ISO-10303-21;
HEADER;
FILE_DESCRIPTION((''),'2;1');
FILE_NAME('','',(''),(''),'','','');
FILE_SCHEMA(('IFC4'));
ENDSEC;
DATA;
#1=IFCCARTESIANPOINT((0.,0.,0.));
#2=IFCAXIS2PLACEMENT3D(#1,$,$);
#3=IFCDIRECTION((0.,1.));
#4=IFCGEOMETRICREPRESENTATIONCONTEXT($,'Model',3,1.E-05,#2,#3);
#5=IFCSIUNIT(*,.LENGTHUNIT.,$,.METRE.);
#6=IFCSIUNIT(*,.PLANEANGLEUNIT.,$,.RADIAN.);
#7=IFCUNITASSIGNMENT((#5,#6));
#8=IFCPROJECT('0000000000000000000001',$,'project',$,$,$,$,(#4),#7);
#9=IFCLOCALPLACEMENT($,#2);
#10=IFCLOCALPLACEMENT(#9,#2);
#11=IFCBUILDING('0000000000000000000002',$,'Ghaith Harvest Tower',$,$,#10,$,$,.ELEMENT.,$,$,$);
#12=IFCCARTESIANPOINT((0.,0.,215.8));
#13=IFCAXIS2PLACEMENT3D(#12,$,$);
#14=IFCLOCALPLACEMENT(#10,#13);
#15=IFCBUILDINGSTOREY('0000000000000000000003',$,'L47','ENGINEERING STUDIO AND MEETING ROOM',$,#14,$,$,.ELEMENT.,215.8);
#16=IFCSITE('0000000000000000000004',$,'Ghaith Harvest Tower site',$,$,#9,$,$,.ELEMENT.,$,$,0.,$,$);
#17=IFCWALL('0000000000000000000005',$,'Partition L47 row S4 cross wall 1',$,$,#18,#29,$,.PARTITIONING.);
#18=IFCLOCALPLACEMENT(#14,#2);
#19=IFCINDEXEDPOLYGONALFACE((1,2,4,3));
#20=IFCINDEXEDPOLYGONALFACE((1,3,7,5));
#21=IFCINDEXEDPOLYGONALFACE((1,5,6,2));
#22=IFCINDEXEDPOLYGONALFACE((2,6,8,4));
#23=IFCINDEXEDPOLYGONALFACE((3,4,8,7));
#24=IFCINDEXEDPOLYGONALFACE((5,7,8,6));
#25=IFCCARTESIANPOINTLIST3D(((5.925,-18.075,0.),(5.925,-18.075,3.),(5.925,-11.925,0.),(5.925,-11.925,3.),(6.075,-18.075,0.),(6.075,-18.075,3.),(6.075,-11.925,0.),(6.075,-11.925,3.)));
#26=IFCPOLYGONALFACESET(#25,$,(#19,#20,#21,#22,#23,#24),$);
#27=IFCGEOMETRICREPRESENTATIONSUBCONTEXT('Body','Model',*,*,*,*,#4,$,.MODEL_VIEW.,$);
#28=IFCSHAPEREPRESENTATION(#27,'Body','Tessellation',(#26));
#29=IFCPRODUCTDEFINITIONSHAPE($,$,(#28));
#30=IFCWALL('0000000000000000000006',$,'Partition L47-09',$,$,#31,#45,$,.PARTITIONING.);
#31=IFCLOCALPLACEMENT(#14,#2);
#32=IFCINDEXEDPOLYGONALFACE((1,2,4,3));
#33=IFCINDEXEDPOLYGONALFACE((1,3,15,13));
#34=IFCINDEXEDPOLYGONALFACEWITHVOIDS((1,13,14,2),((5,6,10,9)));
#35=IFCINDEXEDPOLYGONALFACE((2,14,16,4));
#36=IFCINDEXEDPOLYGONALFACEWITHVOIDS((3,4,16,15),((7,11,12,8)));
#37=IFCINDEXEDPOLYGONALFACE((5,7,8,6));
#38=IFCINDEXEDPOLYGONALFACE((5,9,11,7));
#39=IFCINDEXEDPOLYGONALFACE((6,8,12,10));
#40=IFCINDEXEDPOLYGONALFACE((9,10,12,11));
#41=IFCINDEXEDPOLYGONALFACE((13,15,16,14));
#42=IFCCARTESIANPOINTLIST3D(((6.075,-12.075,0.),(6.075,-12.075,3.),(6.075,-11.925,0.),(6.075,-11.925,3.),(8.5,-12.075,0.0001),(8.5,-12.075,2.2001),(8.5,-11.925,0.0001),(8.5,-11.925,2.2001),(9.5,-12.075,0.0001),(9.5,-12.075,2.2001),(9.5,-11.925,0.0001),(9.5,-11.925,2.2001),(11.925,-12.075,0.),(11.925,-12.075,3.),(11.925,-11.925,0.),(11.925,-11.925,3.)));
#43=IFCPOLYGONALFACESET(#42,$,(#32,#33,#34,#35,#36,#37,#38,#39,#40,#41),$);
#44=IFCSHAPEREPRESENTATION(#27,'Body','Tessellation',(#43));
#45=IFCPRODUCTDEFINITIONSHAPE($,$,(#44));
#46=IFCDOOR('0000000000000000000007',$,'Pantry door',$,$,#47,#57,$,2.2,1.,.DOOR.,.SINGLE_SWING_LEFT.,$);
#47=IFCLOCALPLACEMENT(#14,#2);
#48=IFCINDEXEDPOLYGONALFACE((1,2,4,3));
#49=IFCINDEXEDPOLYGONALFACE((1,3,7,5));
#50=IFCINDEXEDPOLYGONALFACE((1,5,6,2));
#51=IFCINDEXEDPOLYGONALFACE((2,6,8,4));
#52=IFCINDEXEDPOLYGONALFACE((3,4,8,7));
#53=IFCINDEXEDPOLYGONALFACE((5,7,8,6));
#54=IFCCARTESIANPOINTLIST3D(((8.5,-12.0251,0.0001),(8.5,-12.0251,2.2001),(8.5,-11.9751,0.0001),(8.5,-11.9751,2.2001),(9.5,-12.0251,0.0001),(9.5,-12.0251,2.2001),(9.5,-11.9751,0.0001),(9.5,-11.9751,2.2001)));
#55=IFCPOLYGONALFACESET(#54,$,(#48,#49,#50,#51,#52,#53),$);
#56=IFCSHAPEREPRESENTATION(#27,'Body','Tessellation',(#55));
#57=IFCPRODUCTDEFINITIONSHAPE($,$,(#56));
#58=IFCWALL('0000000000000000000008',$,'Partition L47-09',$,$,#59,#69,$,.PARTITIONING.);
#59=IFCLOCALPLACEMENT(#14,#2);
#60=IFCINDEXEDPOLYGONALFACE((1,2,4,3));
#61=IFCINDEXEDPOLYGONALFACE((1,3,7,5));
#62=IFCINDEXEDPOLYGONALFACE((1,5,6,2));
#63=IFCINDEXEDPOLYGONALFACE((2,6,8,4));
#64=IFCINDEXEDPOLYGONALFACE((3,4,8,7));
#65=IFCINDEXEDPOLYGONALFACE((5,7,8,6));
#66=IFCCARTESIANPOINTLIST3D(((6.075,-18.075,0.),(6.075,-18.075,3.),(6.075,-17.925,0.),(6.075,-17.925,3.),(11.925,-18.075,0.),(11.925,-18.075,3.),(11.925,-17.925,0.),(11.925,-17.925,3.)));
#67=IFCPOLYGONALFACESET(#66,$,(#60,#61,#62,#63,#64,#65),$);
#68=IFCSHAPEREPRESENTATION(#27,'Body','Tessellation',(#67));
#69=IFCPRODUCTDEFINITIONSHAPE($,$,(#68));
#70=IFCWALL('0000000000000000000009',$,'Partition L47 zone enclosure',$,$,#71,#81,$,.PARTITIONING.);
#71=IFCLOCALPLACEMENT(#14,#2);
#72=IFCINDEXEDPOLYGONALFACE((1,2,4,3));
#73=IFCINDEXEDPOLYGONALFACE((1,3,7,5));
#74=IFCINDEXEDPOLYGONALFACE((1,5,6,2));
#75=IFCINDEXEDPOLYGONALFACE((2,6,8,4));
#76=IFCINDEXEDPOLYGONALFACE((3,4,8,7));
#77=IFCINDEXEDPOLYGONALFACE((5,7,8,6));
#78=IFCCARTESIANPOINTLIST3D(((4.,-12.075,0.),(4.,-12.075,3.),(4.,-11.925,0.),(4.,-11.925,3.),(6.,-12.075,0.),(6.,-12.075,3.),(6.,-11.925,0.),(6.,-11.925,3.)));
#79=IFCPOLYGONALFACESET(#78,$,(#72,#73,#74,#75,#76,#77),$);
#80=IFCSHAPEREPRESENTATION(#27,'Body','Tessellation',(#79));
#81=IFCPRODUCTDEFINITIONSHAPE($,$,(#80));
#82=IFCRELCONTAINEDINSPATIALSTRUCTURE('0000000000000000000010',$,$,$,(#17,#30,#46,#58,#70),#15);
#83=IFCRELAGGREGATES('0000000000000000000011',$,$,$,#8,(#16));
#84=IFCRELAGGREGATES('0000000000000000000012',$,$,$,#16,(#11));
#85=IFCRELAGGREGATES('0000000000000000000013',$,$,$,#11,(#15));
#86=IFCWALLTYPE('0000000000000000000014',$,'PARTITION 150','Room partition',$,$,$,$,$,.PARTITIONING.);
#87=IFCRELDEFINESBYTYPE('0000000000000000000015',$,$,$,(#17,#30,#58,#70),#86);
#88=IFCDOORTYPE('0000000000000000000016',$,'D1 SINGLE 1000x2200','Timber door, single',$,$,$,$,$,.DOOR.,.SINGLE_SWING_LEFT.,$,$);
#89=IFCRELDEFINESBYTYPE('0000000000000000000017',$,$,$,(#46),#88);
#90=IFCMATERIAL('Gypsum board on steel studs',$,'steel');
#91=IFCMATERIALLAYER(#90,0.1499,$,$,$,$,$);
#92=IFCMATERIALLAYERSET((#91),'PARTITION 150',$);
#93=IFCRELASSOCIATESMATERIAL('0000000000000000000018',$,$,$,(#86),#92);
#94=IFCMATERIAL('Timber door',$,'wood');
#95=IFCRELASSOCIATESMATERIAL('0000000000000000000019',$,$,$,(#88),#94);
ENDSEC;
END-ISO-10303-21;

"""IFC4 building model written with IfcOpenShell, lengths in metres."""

from ifc_helpers import new_model, si_unit, direction, frame, frame_2d, origin, place, context, subcontext, project, spatial, rectangle, extrude, material, layer, layer_set, type_object, element, fill, save


model = new_model("IFC4")

# Units and contexts
model_context = context("Model", 3, precision=1e-05, world=origin(), true_north=direction((0.0, 1.0)))
body_context = subcontext(model_context, "Body", "Model", "MODEL_VIEW")
ifc_project = project(units=[si_unit("LENGTHUNIT", "METRE"), si_unit("PLANEANGLEUNIT", "RADIAN")], contexts=[model_context])

# Site, building, storey
site_placement = place(None, origin())
site = spatial("IfcSite", under=ifc_project, at=site_placement, Name="Ghaith Harvest Tower site", CompositionType="ELEMENT", RefElevation=0.0)
building_placement = place(site_placement, origin())
building = spatial("IfcBuilding", under=site, at=building_placement, Name="Ghaith Harvest Tower", CompositionType="ELEMENT")
storey_placement = place(building_placement, frame((0.0, 0.0, 215.8)))
storey = spatial("IfcBuildingStorey", under=building, at=storey_placement, Name="L47", Description="ENGINEERING STUDIO AND MEETING ROOM", CompositionType="ELEMENT", Elevation=215.8)

# Wall
ifc_material_1 = material(Name="Gypsum board on steel studs", Category="steel")
ifc_layer_1 = layer(ifc_material_1, 0.1499)
ifc_layer_set_1 = layer_set([ifc_layer_1], Name="PARTITION 150")
wall_type = type_object("IfcWallType", Name="PARTITION 150", Description="Room partition", PredefinedType="PARTITIONING", material=ifc_layer_set_1)
wall_1_placement = place(storey_placement, frame((6.0, -11.925, 0.0), z_axis=(0.0, 0.0, 1.0), x_axis=(0.0, -1.0, 0.0)))
element("IfcWall", 1, at=wall_1_placement, inside=storey, type_object=wall_type, Name="Partition L47 row S4 cross wall 1", PredefinedType="PARTITIONING", context=body_context, shape_type="SweptSolid", body=[
    extrude(rectangle(XDim=6.1499, YDim=0.1499, at=frame_2d((3.075, 0.0))), origin(), (0.0, 0.0, 1.0), 3.0),
])

# Wall, opening, door
wall_2_placement = place(storey_placement, frame((6.075, -12.0, 0.0), z_axis=(0.0, 0.0, 1.0), x_axis=(1.0, 0.0, 0.0)))
wall_2 = element("IfcWall", 2, at=wall_2_placement, inside=storey, type_object=wall_type, Name="Partition L47-09", PredefinedType="PARTITIONING", context=body_context, shape_type="SweptSolid", body=[
    extrude(rectangle(XDim=5.8501, YDim=0.1499, at=frame_2d((2.925, 0.0))), origin(), (0.0, 0.0, 1.0), 3.0),
])
opening_placement = place(wall_2_placement, frame((2.425, 0.0, 0.0)))
opening = element("IfcOpeningElement", 3, at=opening_placement, cuts=wall_2, PredefinedType="OPENING", context=body_context, shape_type="SweptSolid", body=[
    extrude(rectangle(XDim=1.0, YDim=2.2, at=frame_2d((0.5, 1.1001))), frame((0.0, 0.085, 0.0), z_axis=(0.0, -1.0, 0.0), x_axis=(1.0, 0.0, 0.0)), (0.0, 0.0, 1.0), 0.1699),
])
ifc_material_2 = material(Name="Timber door", Category="wood")
door_type = type_object("IfcDoorType", Name="D1 SINGLE 1000x2200", Description="Timber door, single", OperationType="SINGLE_SWING_LEFT", PredefinedType="DOOR", material=ifc_material_2)
door_placement = place(opening_placement, origin())
door = element("IfcDoor", 4, at=door_placement, inside=storey, type_object=door_type, Name="Pantry door", OperationType="SINGLE_SWING_LEFT", OverallHeight=2.2, OverallWidth=1.0, PredefinedType="DOOR", context=body_context, shape_type="SweptSolid", body=[
    extrude(rectangle(XDim=1.0, YDim=2.2, at=frame_2d((0.5, 1.1001))), frame((0.0, 0.0249, 0.0), z_axis=(0.0, -1.0, 0.0), x_axis=(1.0, 0.0, 0.0)), (0.0, 0.0, 1.0), 0.05),
])
fill(opening, door)

# Walls
wall_3_placement = place(storey_placement, frame((6.075, -18.0, 0.0), z_axis=(0.0, 0.0, 1.0), x_axis=(1.0, 0.0, 0.0)))
element("IfcWall", 5, at=wall_3_placement, inside=storey, type_object=wall_type, Name="Partition L47-09", PredefinedType="PARTITIONING", context=body_context, shape_type="SweptSolid", body=[
    extrude(rectangle(XDim=5.8501, YDim=0.1499, at=frame_2d((2.925, 0.0))), origin(), (0.0, 0.0, 1.0), 3.0),
])
wall_4_placement = place(storey_placement, frame((4.0, -12.0, 0.0), z_axis=(0.0, 0.0, 1.0), x_axis=(1.0, 0.0, 0.0)))
element("IfcWall", 6, at=wall_4_placement, inside=storey, type_object=wall_type, Name="Partition L47 zone enclosure", PredefinedType="PARTITIONING", context=body_context, shape_type="SweptSolid", body=[
    extrude(rectangle(XDim=2.0, YDim=0.1499, at=frame_2d((1.0, 0.0))), origin(), (0.0, 0.0, 1.0), 3.0),
])

save(model, "model.ifc")
